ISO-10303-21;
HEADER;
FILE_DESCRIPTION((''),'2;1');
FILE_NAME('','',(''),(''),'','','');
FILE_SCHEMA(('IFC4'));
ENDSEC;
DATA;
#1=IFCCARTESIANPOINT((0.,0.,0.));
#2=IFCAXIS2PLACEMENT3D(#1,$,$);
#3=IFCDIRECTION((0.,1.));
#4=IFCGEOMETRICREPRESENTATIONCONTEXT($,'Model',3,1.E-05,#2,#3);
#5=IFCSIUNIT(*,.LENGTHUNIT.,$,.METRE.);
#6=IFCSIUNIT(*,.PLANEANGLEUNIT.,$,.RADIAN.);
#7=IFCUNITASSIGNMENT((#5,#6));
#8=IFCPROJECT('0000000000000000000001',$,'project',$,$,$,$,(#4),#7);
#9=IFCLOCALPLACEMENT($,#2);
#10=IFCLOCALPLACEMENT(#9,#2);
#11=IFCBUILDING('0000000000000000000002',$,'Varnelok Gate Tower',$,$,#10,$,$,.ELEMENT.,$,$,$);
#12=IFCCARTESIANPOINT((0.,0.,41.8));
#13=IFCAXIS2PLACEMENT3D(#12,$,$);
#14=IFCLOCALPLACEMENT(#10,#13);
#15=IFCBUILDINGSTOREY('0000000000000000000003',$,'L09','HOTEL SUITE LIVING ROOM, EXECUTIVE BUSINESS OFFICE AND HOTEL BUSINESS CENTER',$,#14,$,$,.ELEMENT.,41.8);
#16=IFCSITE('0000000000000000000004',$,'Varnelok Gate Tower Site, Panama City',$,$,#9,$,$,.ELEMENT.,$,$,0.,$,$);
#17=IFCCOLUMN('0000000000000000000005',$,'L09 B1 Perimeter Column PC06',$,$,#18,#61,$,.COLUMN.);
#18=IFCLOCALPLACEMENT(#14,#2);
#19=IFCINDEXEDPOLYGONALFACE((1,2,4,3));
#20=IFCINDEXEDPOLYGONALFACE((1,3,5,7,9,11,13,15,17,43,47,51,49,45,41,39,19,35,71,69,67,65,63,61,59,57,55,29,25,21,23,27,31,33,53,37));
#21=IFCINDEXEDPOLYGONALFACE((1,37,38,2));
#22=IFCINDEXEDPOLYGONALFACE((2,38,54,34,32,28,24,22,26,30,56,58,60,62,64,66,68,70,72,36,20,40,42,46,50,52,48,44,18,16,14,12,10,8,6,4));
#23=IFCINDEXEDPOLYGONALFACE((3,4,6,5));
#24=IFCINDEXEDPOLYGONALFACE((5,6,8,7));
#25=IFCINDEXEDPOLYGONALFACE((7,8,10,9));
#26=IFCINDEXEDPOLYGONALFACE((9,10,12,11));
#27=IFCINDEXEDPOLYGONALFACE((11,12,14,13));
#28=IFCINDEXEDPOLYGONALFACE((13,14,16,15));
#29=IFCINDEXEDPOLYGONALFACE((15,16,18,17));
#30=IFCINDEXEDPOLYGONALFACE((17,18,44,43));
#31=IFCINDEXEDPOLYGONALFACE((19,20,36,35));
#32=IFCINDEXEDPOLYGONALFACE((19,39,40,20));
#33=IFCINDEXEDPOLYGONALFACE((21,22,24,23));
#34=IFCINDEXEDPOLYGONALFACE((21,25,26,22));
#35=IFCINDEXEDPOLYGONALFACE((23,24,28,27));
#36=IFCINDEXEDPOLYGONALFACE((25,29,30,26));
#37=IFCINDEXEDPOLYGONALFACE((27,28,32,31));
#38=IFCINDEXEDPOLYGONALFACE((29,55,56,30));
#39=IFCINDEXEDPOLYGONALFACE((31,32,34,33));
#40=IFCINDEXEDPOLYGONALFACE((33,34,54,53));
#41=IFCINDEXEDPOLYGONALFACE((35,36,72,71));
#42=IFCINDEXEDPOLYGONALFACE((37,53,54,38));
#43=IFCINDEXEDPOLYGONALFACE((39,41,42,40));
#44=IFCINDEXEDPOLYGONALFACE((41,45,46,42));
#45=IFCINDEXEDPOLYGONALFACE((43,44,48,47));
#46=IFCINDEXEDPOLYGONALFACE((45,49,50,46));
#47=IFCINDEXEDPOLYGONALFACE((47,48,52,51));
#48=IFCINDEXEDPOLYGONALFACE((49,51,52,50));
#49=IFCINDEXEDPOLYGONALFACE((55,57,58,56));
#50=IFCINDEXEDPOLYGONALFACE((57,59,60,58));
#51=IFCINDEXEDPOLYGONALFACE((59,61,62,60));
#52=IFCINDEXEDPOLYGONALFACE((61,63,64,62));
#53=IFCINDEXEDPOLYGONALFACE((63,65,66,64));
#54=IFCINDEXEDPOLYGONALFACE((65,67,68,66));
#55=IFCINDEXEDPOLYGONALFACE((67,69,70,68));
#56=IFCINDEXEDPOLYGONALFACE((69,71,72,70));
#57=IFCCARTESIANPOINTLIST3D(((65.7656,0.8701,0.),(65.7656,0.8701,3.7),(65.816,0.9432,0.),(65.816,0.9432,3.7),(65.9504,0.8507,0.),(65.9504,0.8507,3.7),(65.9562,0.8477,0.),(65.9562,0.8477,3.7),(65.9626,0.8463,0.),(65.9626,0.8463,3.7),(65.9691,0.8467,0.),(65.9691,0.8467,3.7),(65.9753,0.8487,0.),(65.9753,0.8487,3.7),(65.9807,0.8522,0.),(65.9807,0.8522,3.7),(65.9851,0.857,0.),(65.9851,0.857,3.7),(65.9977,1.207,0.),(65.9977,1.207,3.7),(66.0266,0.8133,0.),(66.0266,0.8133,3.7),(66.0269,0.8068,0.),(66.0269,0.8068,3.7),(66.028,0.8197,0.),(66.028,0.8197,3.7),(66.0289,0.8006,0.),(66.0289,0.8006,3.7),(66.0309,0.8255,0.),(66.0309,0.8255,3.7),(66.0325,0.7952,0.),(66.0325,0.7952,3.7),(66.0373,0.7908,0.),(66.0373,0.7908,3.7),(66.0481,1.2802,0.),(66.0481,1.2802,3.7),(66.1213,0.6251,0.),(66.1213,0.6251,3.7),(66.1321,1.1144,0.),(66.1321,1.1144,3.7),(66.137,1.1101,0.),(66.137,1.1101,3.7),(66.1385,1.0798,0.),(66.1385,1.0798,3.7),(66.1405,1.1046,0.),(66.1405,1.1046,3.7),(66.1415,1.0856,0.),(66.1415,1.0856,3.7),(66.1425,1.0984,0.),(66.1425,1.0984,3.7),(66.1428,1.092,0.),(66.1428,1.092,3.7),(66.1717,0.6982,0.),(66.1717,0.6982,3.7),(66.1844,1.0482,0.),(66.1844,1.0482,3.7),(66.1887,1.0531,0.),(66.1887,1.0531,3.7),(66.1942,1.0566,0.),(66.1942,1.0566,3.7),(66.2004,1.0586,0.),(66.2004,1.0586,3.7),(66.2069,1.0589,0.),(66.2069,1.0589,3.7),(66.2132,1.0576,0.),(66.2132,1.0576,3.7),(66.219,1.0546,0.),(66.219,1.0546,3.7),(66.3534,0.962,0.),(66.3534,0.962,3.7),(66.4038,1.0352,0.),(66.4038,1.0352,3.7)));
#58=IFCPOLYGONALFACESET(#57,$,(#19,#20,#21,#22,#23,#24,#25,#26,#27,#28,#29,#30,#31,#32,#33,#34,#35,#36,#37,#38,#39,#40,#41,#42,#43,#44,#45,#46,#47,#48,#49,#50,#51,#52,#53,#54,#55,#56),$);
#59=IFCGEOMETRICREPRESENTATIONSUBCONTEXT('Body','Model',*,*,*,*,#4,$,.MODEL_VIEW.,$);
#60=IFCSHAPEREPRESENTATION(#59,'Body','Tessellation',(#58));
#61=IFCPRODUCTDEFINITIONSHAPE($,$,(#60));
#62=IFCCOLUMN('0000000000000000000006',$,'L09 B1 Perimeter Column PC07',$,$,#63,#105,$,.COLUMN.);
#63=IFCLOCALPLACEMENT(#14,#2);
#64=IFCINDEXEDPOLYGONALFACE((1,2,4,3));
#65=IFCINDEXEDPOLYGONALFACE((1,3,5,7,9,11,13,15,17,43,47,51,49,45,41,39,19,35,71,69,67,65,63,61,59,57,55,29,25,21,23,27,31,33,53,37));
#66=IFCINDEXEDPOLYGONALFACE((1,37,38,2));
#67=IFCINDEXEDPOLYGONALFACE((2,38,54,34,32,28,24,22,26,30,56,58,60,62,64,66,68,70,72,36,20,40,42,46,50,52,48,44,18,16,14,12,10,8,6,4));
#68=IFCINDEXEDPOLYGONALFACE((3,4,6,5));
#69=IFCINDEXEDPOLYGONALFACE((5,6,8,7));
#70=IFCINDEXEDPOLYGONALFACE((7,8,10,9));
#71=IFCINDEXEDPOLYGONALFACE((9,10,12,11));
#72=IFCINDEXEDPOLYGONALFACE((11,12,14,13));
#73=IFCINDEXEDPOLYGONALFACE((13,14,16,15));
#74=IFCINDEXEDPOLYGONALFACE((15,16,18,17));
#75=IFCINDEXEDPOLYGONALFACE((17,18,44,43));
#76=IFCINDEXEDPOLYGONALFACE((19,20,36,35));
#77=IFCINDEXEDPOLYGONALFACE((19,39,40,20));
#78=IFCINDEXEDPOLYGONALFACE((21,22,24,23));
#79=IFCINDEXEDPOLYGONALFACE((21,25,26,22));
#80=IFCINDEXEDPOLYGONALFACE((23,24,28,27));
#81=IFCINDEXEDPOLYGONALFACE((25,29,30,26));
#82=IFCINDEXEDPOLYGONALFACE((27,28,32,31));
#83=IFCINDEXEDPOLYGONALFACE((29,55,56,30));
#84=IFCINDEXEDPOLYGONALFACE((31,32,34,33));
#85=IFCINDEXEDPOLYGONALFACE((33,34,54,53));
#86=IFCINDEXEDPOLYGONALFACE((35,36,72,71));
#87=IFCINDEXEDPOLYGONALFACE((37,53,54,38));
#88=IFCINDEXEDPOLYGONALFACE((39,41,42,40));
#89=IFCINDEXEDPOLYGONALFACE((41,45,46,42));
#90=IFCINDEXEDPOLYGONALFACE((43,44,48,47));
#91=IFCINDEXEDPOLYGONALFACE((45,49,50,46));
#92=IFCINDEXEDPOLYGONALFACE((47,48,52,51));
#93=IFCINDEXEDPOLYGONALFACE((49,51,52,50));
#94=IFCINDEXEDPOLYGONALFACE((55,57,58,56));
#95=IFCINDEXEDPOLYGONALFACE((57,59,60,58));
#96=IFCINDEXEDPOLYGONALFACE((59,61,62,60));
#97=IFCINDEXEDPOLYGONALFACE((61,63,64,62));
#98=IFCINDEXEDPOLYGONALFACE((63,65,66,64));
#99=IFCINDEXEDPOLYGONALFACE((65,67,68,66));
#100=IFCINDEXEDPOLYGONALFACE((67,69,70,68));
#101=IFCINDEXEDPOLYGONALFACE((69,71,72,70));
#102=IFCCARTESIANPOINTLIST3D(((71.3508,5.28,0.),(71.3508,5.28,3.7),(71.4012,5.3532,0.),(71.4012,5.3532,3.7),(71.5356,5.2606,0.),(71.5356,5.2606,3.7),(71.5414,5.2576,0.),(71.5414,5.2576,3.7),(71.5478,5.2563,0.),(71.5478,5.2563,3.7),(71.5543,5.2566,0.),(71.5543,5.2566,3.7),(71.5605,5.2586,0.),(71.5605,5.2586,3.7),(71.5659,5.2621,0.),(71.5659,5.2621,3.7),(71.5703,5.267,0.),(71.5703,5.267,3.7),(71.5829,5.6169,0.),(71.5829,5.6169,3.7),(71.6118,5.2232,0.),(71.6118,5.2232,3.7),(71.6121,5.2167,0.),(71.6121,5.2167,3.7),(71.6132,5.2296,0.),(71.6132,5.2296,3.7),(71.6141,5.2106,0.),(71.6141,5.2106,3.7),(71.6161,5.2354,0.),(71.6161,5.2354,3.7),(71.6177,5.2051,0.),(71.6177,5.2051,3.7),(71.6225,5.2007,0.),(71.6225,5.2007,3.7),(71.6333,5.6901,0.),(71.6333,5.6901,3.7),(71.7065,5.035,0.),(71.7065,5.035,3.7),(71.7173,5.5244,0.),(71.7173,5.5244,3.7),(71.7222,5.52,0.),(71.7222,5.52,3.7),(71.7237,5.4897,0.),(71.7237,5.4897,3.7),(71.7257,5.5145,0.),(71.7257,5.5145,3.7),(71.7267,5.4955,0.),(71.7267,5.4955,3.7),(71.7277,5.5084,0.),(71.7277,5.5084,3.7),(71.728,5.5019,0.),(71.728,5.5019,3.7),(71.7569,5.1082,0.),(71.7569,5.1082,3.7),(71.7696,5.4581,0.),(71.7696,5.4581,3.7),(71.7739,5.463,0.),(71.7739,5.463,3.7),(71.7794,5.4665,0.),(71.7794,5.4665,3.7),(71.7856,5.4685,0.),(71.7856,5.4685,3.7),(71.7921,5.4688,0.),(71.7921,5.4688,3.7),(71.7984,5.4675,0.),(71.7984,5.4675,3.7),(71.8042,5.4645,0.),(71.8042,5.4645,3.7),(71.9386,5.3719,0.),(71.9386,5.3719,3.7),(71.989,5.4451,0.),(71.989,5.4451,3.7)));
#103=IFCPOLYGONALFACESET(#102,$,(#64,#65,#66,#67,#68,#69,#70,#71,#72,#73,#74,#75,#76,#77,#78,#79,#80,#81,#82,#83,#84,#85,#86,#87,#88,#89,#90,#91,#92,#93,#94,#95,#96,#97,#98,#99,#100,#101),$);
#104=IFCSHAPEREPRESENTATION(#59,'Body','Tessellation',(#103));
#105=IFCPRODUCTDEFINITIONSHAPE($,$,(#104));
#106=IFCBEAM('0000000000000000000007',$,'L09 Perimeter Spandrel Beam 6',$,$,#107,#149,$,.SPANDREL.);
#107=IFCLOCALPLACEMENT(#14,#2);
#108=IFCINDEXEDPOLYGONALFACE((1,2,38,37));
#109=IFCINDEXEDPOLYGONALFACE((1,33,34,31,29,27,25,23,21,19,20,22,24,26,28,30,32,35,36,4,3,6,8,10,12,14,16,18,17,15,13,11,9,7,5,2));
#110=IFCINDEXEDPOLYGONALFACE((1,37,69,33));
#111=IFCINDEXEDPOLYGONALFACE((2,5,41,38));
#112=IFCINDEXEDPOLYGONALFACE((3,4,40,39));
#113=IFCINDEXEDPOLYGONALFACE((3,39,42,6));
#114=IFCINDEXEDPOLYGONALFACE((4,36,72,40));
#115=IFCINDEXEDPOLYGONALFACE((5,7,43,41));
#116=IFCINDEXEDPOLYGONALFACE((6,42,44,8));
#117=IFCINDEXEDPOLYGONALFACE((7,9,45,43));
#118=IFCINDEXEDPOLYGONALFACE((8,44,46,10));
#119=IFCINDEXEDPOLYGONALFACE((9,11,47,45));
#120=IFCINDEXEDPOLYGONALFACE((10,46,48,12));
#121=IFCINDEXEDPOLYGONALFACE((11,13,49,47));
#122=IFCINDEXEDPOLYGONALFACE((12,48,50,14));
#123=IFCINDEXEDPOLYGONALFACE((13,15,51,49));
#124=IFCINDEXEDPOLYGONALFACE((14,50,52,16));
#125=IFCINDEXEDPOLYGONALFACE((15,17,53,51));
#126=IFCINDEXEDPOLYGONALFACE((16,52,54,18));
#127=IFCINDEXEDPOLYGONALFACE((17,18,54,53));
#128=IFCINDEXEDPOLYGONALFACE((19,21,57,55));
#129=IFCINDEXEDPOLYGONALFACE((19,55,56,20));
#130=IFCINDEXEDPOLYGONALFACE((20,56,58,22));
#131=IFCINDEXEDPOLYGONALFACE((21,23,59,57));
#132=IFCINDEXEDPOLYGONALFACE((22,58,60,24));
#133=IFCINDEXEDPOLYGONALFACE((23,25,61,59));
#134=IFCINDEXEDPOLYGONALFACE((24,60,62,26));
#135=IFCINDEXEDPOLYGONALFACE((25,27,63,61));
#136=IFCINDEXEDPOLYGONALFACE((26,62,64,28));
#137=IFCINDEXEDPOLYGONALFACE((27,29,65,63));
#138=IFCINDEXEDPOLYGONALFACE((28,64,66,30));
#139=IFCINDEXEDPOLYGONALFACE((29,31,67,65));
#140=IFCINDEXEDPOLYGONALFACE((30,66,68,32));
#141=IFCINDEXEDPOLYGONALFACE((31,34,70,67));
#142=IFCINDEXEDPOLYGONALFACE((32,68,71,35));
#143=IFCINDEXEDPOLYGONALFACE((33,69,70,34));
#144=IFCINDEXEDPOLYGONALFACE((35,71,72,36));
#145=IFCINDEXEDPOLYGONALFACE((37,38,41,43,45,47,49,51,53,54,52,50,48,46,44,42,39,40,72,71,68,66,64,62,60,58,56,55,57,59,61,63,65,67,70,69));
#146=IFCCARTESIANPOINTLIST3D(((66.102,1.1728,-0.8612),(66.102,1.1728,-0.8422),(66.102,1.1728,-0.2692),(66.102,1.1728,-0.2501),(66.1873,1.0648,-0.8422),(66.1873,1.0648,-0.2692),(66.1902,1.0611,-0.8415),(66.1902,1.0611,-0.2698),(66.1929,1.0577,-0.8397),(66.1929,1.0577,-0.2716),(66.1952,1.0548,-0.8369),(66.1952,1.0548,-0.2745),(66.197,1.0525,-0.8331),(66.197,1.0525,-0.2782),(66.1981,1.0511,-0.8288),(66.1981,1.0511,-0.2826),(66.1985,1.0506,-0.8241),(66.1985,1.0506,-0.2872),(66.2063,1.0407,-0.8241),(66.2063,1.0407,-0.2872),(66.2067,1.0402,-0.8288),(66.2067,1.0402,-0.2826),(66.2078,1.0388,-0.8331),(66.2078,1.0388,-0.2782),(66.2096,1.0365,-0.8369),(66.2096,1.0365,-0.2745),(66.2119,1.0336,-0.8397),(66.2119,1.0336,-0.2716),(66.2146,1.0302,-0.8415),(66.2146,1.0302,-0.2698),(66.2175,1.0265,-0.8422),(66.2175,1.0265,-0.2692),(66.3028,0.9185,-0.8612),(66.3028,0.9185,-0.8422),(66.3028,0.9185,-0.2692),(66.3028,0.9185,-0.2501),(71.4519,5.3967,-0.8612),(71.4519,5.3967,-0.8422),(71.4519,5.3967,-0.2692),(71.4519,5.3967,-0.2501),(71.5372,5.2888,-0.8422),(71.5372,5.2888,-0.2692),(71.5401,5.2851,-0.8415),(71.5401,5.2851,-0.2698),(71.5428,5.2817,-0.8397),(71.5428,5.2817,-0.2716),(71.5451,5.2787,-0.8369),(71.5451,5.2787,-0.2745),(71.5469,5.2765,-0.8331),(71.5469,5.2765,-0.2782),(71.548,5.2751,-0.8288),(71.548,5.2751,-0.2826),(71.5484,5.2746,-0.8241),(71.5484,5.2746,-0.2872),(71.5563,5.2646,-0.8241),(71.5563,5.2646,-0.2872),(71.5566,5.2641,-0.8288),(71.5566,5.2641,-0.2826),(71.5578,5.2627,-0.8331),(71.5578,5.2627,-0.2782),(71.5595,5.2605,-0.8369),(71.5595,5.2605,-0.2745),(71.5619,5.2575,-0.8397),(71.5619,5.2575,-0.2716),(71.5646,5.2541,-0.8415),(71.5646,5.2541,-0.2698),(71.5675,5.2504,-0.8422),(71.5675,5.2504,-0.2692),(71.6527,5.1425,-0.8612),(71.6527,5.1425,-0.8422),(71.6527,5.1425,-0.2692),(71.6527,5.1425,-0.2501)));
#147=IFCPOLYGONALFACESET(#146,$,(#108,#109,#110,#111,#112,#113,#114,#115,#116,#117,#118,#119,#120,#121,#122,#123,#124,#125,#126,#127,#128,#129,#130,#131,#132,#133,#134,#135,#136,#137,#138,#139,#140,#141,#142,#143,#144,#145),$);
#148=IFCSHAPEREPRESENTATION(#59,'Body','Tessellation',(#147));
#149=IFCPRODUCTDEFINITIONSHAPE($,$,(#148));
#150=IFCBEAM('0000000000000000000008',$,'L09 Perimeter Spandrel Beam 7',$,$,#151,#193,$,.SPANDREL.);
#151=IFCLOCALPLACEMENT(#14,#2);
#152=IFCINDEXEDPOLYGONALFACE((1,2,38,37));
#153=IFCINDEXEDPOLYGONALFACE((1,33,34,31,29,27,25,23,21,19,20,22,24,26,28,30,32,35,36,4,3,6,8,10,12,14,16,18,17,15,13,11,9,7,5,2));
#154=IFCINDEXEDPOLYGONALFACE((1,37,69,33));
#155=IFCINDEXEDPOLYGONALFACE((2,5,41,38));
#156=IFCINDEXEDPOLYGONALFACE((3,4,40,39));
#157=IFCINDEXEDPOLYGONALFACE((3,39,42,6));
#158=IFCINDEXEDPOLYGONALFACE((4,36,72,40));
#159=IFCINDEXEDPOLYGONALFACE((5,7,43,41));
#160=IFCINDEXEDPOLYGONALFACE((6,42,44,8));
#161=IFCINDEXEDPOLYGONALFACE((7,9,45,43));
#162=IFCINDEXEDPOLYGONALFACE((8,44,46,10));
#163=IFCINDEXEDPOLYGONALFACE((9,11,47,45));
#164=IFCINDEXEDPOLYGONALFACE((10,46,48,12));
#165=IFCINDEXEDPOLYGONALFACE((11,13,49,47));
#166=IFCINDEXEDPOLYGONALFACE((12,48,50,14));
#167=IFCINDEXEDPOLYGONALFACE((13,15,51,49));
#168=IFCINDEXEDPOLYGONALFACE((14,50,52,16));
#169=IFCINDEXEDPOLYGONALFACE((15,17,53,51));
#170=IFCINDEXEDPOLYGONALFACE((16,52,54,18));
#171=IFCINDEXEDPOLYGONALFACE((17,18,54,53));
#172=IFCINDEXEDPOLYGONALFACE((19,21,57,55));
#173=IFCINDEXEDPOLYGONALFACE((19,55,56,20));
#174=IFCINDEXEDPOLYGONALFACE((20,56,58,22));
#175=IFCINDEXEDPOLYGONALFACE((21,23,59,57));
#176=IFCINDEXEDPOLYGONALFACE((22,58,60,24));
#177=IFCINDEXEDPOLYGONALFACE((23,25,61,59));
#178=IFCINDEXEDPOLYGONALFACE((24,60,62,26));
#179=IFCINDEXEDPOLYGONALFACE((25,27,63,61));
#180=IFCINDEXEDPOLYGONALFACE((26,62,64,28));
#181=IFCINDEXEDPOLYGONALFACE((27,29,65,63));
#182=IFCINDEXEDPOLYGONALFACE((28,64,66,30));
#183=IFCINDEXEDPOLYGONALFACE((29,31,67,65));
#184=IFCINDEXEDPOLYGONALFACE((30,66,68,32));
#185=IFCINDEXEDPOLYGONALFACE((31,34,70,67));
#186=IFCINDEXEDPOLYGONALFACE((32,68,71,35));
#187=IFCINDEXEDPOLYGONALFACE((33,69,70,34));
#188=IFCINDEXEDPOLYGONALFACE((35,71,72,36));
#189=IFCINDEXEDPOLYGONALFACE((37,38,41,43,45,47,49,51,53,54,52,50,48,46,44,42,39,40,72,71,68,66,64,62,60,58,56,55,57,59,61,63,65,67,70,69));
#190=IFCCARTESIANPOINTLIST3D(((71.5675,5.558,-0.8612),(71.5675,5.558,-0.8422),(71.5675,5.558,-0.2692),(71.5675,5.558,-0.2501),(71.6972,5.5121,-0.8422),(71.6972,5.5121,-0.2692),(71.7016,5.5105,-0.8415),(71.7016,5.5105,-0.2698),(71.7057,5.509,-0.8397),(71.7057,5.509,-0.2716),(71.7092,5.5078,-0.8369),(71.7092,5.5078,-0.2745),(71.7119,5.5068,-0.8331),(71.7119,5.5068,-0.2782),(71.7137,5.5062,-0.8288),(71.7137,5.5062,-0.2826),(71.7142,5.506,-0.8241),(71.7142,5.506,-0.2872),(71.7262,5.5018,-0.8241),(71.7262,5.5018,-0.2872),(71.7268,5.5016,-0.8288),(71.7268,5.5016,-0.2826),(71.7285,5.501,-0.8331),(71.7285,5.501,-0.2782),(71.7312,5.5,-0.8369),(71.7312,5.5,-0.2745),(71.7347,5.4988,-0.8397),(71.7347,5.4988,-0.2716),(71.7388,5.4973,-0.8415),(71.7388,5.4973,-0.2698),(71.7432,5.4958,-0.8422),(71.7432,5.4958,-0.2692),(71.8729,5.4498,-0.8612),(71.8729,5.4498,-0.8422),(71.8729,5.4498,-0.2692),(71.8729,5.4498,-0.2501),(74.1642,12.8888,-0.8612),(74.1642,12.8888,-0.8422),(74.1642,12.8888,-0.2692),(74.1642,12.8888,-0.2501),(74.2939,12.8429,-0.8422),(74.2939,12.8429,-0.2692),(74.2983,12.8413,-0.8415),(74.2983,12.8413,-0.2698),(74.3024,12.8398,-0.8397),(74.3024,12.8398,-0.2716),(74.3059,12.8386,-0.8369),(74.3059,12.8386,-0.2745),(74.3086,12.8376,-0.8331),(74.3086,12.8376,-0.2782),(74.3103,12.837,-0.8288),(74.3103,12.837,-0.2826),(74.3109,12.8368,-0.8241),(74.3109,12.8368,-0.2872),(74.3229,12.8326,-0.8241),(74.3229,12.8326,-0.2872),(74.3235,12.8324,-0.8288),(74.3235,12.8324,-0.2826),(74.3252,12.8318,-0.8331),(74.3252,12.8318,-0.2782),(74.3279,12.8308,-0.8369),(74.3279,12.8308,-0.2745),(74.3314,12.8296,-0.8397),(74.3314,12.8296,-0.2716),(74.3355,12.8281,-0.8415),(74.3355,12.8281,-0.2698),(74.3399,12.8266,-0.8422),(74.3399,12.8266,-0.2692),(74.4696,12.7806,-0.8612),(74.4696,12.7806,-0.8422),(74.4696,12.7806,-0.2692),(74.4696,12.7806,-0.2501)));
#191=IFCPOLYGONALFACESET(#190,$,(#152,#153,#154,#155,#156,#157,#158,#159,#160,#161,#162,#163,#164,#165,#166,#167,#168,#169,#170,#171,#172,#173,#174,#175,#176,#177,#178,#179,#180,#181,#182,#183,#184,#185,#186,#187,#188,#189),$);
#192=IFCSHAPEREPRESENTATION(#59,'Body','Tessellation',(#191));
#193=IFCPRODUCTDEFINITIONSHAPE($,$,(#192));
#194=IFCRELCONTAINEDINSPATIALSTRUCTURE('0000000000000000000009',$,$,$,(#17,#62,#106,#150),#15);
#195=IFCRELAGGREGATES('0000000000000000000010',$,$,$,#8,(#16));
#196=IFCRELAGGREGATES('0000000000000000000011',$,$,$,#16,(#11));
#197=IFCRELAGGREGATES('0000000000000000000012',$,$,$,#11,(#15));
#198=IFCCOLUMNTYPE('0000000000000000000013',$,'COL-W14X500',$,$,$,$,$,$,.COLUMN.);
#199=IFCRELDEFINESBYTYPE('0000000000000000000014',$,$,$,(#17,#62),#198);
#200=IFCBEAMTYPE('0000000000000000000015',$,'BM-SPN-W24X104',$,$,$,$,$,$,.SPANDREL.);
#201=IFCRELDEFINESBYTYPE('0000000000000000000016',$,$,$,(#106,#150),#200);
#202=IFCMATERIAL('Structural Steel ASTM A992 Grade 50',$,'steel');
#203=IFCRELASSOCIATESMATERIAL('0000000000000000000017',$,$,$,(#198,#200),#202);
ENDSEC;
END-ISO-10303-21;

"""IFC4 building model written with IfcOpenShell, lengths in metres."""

from ifc_helpers import new_model, si_unit, direction, frame, origin, origin_2d, place, context, subcontext, project, spatial, i_section, extrude, material, material_profile, profile_set, type_object, element, save


model = new_model("IFC4")

# Units and contexts
model_context = context("Model", 3, precision=1e-05, world=origin(), true_north=direction((0.0, 1.0)))
body_context = subcontext(model_context, "Body", "Model", "MODEL_VIEW")
ifc_project = project(units=[si_unit("LENGTHUNIT", "METRE"), si_unit("PLANEANGLEUNIT", "RADIAN")], contexts=[model_context])

# Site, building, storey
site_placement = place(None, origin())
site = spatial("IfcSite", under=ifc_project, at=site_placement, Name="Varnelok Gate Tower Site, Panama City", CompositionType="ELEMENT", RefElevation=0.0)
building_placement = place(site_placement, origin())
building = spatial("IfcBuilding", under=site, at=building_placement, Name="Varnelok Gate Tower", CompositionType="ELEMENT")
storey_placement = place(building_placement, frame((0.0, 0.0, 41.8)))
storey = spatial("IfcBuildingStorey", under=building, at=storey_placement, Name="L09", Description="HOTEL SUITE LIVING ROOM, EXECUTIVE BUSINESS OFFICE AND HOTEL BUSINESS CENTER", CompositionType="ELEMENT", Elevation=41.8)

# Columns
ifc_material_1 = material(Name="Structural Steel ASTM A992 Grade 50", Category="steel")
ifc_material_profile_1 = material_profile(ifc_material_1, i_section(OverallWidth=0.4319, OverallDepth=0.498, WebThickness=0.0557, FlangeThickness=0.0889, FilletRadius=0.0249, at=origin_2d()), Name="W14X500")
ifc_profile_set_1 = profile_set([ifc_material_profile_1], Name="Structural Steel ASTM A992 Grade 50")
column_type = type_object("IfcColumnType", Name="COL-W14X500", PredefinedType="COLUMN", material=ifc_profile_set_1)
for number, where, z_axis, x_axis, name in (
    (1, (66.0847, 0.9526, 0.0), (0.0, 0.0, 1.0), (0.823533, -0.567269, 0.0), "L09 B1 Perimeter Column PC06"),
    (2, (71.6699, 5.3625, 0.0), (0.0, 0.0, 1.0), (0.823533, -0.567269, 0.0), "L09 B1 Perimeter Column PC07"),
):
    element("IfcColumn", number, at=place(storey_placement, frame(where, z_axis=z_axis, x_axis=x_axis)), inside=storey, type_object=column_type, Name=name, PredefinedType="COLUMN", context=body_context, shape_type="SweptSolid", body=[
        extrude(i_section(OverallWidth=0.4319, OverallDepth=0.498, WebThickness=0.0557, FlangeThickness=0.0889, FilletRadius=0.0249, at=origin_2d()), origin(), (0.0, 0.0, 1.0), 3.7),
    ])

# Beams
ifc_material_profile_2 = material_profile(ifc_material_1, i_section(OverallWidth=0.324, OverallDepth=0.6111, WebThickness=0.0127, FlangeThickness=0.019, FilletRadius=0.0181, at=origin_2d()), Name="W24X104")
ifc_profile_set_2 = profile_set([ifc_material_profile_2], Name="Structural Steel ASTM A992 Grade 50")
beam_type = type_object("IfcBeamType", Name="BM-SPN-W24X104", PredefinedType="SPANDREL", material=ifc_profile_set_2)
beam_1_placement = place(storey_placement, frame((66.2024, 1.0457, -0.5557), z_axis=(0.784861, 0.619672, 0.0), x_axis=(-0.619672, 0.784861, 0.0)))
element("IfcBeam", 3, at=beam_1_placement, inside=storey, type_object=beam_type, Name="L09 Perimeter Spandrel Beam 6", PredefinedType="SPANDREL", context=body_context, shape_type="SweptSolid", body=[
    extrude(i_section(OverallWidth=0.324, OverallDepth=0.6111, WebThickness=0.0127, FlangeThickness=0.019, FilletRadius=0.0181, at=origin_2d()), origin(), (0.0, 0.0, 1.0), 6.8164),
])
beam_2_placement = place(storey_placement, frame((71.7202, 5.5039, -0.5557), z_axis=(0.333887, 0.942613, 0.0), x_axis=(-0.942613, 0.333887, 0.0)))
element("IfcBeam", 4, at=beam_2_placement, inside=storey, type_object=beam_type, Name="L09 Perimeter Spandrel Beam 7", PredefinedType="SPANDREL", context=body_context, shape_type="SweptSolid", body=[
    extrude(i_section(OverallWidth=0.324, OverallDepth=0.6111, WebThickness=0.0127, FlangeThickness=0.019, FilletRadius=0.0181, at=origin_2d()), origin(), (0.0, 0.0, 1.0), 7.7771),
])

save(model, "model.ifc")
